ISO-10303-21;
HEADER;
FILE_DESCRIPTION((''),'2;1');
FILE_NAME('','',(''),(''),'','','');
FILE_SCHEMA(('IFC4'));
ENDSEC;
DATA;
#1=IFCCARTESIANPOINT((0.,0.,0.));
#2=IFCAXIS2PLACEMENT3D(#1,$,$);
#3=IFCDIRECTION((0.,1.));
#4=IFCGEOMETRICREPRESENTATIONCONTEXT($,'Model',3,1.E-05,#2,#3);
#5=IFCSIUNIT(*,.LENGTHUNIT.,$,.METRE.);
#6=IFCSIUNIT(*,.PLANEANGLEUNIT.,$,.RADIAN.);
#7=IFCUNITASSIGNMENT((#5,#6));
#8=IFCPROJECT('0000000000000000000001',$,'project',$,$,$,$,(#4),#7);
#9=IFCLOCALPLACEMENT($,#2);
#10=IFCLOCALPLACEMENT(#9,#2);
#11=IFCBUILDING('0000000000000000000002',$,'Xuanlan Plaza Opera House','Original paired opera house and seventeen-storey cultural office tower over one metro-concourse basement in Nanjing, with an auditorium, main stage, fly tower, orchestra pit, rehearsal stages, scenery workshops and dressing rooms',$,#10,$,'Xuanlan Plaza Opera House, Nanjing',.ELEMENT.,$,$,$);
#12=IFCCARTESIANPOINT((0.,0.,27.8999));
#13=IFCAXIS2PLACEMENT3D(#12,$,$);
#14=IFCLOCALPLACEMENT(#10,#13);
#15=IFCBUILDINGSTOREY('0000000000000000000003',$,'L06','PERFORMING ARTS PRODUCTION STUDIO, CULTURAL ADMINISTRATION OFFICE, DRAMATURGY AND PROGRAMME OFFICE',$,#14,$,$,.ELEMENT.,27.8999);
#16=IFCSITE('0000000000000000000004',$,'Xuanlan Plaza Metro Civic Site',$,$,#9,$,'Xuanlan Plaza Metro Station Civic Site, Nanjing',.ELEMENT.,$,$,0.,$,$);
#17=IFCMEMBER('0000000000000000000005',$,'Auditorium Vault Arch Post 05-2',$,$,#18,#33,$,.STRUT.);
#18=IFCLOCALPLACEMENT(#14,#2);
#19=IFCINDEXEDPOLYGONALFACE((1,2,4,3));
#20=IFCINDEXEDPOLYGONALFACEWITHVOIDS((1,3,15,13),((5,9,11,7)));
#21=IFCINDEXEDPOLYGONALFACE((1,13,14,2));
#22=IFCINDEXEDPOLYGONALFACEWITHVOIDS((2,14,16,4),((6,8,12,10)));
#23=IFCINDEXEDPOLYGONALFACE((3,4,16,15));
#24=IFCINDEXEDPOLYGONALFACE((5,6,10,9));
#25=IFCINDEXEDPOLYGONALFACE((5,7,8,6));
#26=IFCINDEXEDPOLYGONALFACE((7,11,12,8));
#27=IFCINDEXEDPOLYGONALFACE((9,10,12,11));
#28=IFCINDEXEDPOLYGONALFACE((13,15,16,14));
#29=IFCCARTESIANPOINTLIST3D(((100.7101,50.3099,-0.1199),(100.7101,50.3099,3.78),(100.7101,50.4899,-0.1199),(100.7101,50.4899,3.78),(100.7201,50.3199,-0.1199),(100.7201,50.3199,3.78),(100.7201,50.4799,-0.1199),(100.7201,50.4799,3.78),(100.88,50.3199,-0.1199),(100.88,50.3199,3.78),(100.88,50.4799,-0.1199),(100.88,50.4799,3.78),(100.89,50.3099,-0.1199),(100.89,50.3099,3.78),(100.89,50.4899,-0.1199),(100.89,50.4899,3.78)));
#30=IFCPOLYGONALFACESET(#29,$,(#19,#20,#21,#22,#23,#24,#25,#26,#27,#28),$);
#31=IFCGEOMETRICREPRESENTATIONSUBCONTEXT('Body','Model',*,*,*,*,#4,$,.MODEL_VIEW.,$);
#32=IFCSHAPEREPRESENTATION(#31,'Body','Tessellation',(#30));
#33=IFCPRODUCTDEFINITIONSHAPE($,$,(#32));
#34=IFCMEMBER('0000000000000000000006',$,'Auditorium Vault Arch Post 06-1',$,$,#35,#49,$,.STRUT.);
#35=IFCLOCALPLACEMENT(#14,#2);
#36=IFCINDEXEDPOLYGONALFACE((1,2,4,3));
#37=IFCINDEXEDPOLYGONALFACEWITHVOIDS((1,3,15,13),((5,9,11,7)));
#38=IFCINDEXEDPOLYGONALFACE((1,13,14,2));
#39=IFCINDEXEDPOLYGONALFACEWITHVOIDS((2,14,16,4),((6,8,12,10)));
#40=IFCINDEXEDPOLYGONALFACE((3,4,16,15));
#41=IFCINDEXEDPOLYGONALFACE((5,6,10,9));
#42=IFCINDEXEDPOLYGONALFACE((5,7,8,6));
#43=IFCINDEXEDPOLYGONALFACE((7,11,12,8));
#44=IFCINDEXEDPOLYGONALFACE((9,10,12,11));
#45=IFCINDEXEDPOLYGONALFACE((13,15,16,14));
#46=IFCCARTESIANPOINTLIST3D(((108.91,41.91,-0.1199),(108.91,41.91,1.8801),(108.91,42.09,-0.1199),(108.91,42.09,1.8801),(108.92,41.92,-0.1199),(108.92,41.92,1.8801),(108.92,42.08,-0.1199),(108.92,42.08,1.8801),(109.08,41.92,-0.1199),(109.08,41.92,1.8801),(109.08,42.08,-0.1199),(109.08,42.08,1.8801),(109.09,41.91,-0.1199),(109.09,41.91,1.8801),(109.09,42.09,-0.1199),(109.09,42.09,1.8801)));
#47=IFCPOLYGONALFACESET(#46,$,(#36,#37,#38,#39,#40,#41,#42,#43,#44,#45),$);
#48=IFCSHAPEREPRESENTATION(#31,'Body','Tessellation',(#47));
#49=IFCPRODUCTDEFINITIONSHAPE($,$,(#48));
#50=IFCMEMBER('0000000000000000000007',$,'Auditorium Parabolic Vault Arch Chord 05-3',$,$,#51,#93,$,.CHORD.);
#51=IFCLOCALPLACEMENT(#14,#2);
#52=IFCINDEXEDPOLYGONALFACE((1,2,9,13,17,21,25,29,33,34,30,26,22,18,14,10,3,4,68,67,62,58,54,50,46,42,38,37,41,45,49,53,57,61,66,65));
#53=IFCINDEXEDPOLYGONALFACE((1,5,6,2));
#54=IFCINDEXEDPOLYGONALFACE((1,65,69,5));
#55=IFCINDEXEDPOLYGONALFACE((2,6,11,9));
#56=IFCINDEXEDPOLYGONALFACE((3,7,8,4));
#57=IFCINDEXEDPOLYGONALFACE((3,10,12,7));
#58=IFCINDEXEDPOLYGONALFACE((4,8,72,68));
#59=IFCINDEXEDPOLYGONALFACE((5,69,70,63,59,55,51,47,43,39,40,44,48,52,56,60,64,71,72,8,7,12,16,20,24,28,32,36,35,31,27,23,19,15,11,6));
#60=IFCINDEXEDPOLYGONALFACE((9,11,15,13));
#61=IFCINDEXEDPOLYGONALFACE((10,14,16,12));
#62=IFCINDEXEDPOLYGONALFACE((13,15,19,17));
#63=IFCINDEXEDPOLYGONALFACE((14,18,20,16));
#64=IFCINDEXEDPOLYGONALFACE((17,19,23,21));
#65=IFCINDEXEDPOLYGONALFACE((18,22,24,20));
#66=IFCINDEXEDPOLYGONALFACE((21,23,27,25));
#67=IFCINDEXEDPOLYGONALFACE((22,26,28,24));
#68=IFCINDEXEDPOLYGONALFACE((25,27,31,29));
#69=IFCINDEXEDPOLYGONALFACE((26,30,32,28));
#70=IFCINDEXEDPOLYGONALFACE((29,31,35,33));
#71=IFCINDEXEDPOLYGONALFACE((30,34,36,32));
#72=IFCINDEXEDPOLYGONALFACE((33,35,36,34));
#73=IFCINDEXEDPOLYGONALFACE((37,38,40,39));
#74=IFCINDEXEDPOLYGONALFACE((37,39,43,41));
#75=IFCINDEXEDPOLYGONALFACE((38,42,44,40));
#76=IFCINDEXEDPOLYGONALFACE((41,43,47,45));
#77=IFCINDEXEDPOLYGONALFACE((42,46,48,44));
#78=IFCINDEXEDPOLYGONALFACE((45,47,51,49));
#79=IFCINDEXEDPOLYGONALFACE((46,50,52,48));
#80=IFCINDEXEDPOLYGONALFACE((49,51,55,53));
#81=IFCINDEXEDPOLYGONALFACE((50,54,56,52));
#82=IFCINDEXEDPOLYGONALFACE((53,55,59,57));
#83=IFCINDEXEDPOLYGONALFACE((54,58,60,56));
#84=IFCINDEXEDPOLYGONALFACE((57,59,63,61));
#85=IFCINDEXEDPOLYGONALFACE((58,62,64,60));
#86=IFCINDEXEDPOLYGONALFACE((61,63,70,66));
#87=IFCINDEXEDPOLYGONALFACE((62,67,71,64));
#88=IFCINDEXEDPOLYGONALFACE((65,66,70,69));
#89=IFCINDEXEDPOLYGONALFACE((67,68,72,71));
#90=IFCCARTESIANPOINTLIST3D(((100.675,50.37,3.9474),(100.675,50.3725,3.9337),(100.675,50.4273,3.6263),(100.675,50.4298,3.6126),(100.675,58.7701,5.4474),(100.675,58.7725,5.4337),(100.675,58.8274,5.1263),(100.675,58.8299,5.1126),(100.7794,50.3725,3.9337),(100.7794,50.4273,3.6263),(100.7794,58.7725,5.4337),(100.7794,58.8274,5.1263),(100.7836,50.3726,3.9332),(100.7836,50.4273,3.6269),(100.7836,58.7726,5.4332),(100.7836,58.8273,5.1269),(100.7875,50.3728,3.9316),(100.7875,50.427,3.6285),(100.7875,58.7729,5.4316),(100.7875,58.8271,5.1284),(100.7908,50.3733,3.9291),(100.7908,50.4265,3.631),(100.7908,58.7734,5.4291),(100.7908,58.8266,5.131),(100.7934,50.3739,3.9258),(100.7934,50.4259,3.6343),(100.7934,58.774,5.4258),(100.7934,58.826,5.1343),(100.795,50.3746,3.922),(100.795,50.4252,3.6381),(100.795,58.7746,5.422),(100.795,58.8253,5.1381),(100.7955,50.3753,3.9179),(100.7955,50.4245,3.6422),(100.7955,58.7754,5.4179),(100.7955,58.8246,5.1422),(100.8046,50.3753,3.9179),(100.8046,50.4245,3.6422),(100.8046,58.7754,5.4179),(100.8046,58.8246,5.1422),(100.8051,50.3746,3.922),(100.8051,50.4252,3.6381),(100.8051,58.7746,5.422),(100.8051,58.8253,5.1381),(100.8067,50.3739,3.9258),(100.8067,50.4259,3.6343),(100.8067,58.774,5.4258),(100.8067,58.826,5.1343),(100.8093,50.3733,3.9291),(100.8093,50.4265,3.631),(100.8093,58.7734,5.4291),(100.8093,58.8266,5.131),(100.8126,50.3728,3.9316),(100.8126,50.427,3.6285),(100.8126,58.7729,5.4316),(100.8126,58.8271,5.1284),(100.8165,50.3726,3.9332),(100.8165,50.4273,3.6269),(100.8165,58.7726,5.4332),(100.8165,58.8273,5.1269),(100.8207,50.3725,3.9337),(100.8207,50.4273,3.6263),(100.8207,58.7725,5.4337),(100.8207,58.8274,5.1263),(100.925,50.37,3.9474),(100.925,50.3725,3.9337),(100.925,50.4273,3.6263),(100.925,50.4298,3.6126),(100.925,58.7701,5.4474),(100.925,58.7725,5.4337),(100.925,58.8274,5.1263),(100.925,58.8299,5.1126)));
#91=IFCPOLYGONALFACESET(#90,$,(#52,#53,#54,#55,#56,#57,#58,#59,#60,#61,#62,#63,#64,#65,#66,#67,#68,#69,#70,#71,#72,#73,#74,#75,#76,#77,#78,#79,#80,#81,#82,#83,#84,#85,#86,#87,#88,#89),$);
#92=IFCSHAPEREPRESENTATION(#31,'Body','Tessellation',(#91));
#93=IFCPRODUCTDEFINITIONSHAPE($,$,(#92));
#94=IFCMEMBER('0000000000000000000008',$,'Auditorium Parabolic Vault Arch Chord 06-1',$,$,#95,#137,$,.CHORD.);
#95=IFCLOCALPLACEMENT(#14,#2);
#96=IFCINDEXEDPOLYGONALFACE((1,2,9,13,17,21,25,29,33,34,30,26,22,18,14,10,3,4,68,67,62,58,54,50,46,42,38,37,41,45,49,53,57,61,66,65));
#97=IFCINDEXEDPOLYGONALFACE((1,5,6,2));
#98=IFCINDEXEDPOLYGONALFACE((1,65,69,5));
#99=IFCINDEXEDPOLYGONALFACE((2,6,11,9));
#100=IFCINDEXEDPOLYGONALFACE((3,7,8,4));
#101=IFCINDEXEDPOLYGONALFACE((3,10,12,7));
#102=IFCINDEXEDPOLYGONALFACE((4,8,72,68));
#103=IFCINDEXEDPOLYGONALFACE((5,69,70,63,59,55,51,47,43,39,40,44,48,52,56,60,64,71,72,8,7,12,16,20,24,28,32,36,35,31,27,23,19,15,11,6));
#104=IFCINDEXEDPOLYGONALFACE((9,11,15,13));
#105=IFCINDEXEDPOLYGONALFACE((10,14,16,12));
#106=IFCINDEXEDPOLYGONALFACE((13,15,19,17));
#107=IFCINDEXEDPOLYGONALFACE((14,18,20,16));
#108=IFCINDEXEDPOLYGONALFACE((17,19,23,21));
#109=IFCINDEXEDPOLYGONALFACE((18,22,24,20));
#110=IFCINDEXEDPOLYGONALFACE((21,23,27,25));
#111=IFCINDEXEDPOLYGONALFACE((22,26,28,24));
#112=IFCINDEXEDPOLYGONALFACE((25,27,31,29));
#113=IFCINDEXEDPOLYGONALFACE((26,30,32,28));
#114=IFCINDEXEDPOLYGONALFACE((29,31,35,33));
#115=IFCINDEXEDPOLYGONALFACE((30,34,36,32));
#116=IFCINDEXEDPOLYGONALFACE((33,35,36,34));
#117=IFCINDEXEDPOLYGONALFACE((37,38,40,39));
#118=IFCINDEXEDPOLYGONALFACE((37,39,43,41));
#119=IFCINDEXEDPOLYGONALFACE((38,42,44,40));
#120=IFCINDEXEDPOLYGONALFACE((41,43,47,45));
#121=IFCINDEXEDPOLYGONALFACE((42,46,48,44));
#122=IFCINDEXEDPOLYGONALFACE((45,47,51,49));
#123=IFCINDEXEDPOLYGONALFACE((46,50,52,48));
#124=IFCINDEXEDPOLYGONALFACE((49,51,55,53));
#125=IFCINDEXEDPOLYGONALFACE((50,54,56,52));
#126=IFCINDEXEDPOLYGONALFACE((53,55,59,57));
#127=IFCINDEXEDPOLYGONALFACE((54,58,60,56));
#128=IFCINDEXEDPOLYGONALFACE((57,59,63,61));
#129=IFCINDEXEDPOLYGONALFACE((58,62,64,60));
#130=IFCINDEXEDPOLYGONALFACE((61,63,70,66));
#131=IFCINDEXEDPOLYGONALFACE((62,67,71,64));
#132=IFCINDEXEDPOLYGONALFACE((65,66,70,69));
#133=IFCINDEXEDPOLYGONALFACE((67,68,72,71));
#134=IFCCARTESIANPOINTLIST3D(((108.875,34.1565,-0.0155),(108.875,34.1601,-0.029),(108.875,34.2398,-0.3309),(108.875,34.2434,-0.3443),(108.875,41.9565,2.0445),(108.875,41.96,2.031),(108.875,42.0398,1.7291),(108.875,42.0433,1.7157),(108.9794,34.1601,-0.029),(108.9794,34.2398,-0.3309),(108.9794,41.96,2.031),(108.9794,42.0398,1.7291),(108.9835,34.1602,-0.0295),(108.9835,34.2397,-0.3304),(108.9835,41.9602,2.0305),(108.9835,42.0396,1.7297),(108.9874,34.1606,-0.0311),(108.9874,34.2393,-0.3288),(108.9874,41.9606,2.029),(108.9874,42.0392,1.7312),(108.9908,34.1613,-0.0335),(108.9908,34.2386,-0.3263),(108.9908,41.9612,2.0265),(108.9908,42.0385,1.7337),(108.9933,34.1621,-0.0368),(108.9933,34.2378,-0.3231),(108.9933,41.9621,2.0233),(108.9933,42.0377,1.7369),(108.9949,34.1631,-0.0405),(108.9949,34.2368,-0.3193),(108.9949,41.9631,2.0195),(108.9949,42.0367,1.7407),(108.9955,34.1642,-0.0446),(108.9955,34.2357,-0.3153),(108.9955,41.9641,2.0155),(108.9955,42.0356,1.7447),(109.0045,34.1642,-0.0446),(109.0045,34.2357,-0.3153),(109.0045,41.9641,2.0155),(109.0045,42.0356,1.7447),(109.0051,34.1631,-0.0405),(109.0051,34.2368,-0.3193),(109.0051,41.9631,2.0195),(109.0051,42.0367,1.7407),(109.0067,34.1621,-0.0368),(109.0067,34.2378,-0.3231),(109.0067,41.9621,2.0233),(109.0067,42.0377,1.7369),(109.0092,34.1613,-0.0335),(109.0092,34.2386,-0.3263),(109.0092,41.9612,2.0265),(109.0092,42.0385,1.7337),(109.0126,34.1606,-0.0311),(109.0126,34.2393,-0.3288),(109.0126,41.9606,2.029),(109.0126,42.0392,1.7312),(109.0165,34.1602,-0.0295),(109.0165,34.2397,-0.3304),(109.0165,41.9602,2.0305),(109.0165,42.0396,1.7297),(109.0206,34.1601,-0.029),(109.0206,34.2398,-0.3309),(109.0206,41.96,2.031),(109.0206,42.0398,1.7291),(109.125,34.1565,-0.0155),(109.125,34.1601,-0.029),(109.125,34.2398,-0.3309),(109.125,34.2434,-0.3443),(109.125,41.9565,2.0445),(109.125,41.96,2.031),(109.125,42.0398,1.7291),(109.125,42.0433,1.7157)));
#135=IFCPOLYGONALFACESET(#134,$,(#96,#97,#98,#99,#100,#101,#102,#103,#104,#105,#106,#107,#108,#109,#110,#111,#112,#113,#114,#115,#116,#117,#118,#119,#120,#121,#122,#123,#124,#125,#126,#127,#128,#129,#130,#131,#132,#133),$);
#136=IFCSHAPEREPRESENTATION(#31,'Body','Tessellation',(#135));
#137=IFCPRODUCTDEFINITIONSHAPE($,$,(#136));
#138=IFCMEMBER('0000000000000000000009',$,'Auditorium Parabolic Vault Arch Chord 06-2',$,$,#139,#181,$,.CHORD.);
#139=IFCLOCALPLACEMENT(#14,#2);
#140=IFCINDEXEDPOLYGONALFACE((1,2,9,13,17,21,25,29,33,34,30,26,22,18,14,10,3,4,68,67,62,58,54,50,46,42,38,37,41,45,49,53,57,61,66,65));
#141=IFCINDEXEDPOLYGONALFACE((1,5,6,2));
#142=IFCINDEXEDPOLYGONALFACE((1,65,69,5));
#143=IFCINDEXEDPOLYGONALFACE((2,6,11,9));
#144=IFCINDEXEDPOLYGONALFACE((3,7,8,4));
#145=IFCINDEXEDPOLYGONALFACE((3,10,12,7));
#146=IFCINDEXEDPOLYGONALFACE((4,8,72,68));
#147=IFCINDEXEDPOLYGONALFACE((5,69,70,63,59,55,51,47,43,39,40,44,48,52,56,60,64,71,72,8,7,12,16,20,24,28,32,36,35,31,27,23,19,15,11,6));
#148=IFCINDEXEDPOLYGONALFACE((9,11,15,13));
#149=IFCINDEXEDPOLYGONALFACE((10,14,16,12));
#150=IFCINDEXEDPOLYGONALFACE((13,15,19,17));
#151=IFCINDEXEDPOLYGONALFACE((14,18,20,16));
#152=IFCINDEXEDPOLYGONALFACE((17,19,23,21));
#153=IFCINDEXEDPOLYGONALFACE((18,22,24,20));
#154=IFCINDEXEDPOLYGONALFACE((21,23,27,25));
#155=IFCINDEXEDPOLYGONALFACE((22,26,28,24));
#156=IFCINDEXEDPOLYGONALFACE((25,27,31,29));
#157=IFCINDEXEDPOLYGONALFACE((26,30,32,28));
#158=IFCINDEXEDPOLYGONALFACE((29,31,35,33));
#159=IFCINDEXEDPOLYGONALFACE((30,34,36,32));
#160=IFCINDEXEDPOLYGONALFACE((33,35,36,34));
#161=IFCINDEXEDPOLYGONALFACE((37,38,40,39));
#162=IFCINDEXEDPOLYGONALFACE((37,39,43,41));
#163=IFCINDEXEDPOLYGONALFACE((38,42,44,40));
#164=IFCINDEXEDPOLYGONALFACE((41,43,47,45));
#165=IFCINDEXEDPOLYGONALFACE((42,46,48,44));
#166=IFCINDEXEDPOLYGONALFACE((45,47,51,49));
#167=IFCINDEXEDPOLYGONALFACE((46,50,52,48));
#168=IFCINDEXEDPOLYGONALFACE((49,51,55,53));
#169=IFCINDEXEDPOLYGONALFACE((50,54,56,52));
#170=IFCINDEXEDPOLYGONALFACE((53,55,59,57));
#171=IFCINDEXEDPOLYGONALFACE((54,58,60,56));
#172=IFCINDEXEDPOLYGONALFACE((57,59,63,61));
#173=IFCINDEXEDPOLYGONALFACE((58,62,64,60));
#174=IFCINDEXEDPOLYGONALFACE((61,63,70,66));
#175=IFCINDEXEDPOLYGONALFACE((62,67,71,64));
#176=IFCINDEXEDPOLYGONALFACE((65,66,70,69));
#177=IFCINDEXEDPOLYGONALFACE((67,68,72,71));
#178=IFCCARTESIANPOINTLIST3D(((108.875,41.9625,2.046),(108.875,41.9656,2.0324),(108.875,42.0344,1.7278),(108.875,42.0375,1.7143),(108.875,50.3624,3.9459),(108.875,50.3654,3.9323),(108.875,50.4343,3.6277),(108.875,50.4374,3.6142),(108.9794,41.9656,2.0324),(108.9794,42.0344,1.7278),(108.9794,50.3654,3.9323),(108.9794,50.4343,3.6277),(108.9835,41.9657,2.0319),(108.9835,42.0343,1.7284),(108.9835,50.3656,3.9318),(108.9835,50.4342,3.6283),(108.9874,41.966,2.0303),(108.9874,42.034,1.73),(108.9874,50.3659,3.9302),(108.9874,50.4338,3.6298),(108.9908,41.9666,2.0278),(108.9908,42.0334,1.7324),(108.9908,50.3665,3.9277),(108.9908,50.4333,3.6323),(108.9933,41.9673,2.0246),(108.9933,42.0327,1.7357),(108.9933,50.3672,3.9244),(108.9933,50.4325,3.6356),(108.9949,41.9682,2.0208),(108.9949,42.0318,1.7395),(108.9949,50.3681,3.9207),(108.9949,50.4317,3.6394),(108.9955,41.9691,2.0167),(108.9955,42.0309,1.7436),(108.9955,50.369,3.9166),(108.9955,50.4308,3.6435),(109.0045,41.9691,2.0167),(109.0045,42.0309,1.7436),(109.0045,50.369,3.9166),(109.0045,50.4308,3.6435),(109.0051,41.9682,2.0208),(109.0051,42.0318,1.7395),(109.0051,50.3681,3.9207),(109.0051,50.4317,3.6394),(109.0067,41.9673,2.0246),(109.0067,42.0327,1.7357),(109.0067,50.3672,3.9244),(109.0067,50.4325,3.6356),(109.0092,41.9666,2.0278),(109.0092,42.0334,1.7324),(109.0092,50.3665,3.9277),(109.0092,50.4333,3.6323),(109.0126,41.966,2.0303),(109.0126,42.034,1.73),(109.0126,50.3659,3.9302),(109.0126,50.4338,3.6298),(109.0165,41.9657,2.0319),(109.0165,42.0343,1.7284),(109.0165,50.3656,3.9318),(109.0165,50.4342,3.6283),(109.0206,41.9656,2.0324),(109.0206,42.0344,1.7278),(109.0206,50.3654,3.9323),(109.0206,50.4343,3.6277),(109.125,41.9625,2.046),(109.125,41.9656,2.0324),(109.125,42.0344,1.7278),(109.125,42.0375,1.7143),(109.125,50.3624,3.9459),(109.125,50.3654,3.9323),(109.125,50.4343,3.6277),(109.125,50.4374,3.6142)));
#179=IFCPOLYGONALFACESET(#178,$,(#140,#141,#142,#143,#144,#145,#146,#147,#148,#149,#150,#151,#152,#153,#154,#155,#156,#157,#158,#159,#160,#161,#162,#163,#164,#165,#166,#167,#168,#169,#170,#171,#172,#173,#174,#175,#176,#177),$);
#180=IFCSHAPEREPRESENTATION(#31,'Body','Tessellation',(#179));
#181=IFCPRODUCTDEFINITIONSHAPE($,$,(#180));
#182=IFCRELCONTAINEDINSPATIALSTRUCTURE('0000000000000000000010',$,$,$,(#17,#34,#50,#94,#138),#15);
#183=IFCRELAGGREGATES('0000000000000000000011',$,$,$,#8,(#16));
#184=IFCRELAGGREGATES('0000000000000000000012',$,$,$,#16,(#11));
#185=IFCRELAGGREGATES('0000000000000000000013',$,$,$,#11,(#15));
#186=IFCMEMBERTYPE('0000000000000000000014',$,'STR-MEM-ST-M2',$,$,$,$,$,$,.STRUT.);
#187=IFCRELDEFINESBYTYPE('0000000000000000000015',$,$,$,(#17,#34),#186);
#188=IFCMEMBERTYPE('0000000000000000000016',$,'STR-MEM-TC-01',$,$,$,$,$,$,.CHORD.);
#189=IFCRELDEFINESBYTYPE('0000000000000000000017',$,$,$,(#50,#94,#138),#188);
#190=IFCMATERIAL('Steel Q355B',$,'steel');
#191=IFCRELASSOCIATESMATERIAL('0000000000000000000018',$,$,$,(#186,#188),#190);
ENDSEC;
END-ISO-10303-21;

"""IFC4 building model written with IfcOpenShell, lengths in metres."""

from ifc_helpers import new_model, si_unit, direction, frame, origin, origin_2d, place, context, subcontext, project, spatial, hollow_rectangle, i_section, extrude, material, material_profile, profile_set, type_object, element, save


model = new_model("IFC4")

# Units and contexts
model_context = context("Model", 3, precision=1e-05, world=origin(), true_north=direction((0.0, 1.0)))
body_context = subcontext(model_context, "Body", "Model", "MODEL_VIEW")
ifc_project = project(units=[si_unit("LENGTHUNIT", "METRE"), si_unit("PLANEANGLEUNIT", "RADIAN")], contexts=[model_context])

# Site, building, storey
site_placement = place(None, origin())
site = spatial("IfcSite", under=ifc_project, at=site_placement, Name="Xuanlan Plaza Metro Civic Site", LongName="Xuanlan Plaza Metro Station Civic Site, Nanjing", CompositionType="ELEMENT", RefElevation=0.0)
building_placement = place(site_placement, origin())
building = spatial("IfcBuilding", under=site, at=building_placement, Name="Xuanlan Plaza Opera House", Description="Original paired opera house and seventeen-storey cultural office tower over one metro-concourse basement in Nanjing, with an auditorium, main stage, fly tower, orchestra pit, rehearsal stages, scenery workshops and dressing rooms", LongName="Xuanlan Plaza Opera House, Nanjing", CompositionType="ELEMENT")
storey_placement = place(building_placement, frame((0.0, 0.0, 27.8999)))
storey = spatial("IfcBuildingStorey", under=building, at=storey_placement, Name="L06", Description="PERFORMING ARTS PRODUCTION STUDIO, CULTURAL ADMINISTRATION OFFICE, DRAMATURGY AND PROGRAMME OFFICE", CompositionType="ELEMENT", Elevation=27.8999)

# Members
ifc_material_1 = material(Name="Steel Q355B", Category="steel")
ifc_material_profile_1 = material_profile(ifc_material_1, hollow_rectangle(XDim=0.1799, YDim=0.1799, WallThickness=0.01, at=origin_2d()), Name="SHS 180x180x10")
ifc_profile_set_1 = profile_set([ifc_material_profile_1], Name="Steel Q355B")
member_type_1 = type_object("IfcMemberType", Name="STR-MEM-ST-M2", PredefinedType="STRUT", material=ifc_profile_set_1)
member_1_placement = place(storey_placement, frame((100.8, 50.3999, -0.1199), z_axis=(0.0, 0.0, 1.0), x_axis=(1.0, 0.0, 0.0)))
element("IfcMember", 1, at=member_1_placement, inside=storey, type_object=member_type_1, Name="Auditorium Vault Arch Post 05-2", PredefinedType="STRUT", context=body_context, shape_type="SweptSolid", body=[
    extrude(hollow_rectangle(XDim=0.1799, YDim=0.1799, WallThickness=0.01, at=origin_2d()), origin(), (0.0, 0.0, 1.0), 3.8999),
])
member_2_placement = place(storey_placement, frame((109.0, 42.0, -0.1199), z_axis=(0.0, 0.0, 1.0), x_axis=(1.0, 0.0, 0.0)))
element("IfcMember", 2, at=member_2_placement, inside=storey, type_object=member_type_1, Name="Auditorium Vault Arch Post 06-1", PredefinedType="STRUT", context=body_context, shape_type="SweptSolid", body=[
    extrude(hollow_rectangle(XDim=0.1799, YDim=0.1799, WallThickness=0.01, at=origin_2d()), origin(), (0.0, 0.0, 1.0), 2.0),
])
ifc_material_profile_2 = material_profile(ifc_material_1, i_section(OverallWidth=0.25, OverallDepth=0.3401, WebThickness=0.009, FlangeThickness=0.0139, FilletRadius=0.0161, at=origin_2d()), Name="HM 340x250x9x14")
ifc_profile_set_2 = profile_set([ifc_material_profile_2], Name="Steel Q355B")
member_type_2 = type_object("IfcMemberType", Name="STR-MEM-TC-01", PredefinedType="CHORD", material=ifc_profile_set_2)
member_3_placement = place(storey_placement, frame((100.8, 50.3999, 3.78), z_axis=(0.0, 0.984428, 0.175788), x_axis=(-1.0, 0.0, 0.0)))
element("IfcMember", 3, at=member_3_placement, inside=storey, type_object=member_type_2, Name="Auditorium Parabolic Vault Arch Chord 05-3", PredefinedType="CHORD", context=body_context, shape_type="SweptSolid", body=[
    extrude(i_section(OverallWidth=0.25, OverallDepth=0.3401, WebThickness=0.009, FlangeThickness=0.0139, FilletRadius=0.0161, at=origin_2d()), origin(), (0.0, 0.0, 1.0), 8.533),
])
member_4_placement = place(storey_placement, frame((109.0, 34.2, -0.1799), z_axis=(0.0, 0.966848, 0.255353), x_axis=(-1.0, 0.0, 0.0)))
element("IfcMember", 4, at=member_4_placement, inside=storey, type_object=member_type_2, Name="Auditorium Parabolic Vault Arch Chord 06-1", PredefinedType="CHORD", context=body_context, shape_type="SweptSolid", body=[
    extrude(i_section(OverallWidth=0.25, OverallDepth=0.3401, WebThickness=0.009, FlangeThickness=0.0139, FilletRadius=0.0161, at=origin_2d()), origin(), (0.0, 0.0, 1.0), 8.0674),
])
member_5_placement = place(storey_placement, frame((109.0, 42.0, 1.8801), z_axis=(0.0, 0.975362, 0.220609), x_axis=(-1.0, 0.0, 0.0)))
element("IfcMember", 5, at=member_5_placement, inside=storey, type_object=member_type_2, Name="Auditorium Parabolic Vault Arch Chord 06-2", PredefinedType="CHORD", context=body_context, shape_type="SweptSolid", body=[
    extrude(i_section(OverallWidth=0.25, OverallDepth=0.3401, WebThickness=0.009, FlangeThickness=0.0139, FilletRadius=0.0161, at=origin_2d()), origin(), (0.0, 0.0, 1.0), 8.6121),
])

save(model, "model.ifc")
